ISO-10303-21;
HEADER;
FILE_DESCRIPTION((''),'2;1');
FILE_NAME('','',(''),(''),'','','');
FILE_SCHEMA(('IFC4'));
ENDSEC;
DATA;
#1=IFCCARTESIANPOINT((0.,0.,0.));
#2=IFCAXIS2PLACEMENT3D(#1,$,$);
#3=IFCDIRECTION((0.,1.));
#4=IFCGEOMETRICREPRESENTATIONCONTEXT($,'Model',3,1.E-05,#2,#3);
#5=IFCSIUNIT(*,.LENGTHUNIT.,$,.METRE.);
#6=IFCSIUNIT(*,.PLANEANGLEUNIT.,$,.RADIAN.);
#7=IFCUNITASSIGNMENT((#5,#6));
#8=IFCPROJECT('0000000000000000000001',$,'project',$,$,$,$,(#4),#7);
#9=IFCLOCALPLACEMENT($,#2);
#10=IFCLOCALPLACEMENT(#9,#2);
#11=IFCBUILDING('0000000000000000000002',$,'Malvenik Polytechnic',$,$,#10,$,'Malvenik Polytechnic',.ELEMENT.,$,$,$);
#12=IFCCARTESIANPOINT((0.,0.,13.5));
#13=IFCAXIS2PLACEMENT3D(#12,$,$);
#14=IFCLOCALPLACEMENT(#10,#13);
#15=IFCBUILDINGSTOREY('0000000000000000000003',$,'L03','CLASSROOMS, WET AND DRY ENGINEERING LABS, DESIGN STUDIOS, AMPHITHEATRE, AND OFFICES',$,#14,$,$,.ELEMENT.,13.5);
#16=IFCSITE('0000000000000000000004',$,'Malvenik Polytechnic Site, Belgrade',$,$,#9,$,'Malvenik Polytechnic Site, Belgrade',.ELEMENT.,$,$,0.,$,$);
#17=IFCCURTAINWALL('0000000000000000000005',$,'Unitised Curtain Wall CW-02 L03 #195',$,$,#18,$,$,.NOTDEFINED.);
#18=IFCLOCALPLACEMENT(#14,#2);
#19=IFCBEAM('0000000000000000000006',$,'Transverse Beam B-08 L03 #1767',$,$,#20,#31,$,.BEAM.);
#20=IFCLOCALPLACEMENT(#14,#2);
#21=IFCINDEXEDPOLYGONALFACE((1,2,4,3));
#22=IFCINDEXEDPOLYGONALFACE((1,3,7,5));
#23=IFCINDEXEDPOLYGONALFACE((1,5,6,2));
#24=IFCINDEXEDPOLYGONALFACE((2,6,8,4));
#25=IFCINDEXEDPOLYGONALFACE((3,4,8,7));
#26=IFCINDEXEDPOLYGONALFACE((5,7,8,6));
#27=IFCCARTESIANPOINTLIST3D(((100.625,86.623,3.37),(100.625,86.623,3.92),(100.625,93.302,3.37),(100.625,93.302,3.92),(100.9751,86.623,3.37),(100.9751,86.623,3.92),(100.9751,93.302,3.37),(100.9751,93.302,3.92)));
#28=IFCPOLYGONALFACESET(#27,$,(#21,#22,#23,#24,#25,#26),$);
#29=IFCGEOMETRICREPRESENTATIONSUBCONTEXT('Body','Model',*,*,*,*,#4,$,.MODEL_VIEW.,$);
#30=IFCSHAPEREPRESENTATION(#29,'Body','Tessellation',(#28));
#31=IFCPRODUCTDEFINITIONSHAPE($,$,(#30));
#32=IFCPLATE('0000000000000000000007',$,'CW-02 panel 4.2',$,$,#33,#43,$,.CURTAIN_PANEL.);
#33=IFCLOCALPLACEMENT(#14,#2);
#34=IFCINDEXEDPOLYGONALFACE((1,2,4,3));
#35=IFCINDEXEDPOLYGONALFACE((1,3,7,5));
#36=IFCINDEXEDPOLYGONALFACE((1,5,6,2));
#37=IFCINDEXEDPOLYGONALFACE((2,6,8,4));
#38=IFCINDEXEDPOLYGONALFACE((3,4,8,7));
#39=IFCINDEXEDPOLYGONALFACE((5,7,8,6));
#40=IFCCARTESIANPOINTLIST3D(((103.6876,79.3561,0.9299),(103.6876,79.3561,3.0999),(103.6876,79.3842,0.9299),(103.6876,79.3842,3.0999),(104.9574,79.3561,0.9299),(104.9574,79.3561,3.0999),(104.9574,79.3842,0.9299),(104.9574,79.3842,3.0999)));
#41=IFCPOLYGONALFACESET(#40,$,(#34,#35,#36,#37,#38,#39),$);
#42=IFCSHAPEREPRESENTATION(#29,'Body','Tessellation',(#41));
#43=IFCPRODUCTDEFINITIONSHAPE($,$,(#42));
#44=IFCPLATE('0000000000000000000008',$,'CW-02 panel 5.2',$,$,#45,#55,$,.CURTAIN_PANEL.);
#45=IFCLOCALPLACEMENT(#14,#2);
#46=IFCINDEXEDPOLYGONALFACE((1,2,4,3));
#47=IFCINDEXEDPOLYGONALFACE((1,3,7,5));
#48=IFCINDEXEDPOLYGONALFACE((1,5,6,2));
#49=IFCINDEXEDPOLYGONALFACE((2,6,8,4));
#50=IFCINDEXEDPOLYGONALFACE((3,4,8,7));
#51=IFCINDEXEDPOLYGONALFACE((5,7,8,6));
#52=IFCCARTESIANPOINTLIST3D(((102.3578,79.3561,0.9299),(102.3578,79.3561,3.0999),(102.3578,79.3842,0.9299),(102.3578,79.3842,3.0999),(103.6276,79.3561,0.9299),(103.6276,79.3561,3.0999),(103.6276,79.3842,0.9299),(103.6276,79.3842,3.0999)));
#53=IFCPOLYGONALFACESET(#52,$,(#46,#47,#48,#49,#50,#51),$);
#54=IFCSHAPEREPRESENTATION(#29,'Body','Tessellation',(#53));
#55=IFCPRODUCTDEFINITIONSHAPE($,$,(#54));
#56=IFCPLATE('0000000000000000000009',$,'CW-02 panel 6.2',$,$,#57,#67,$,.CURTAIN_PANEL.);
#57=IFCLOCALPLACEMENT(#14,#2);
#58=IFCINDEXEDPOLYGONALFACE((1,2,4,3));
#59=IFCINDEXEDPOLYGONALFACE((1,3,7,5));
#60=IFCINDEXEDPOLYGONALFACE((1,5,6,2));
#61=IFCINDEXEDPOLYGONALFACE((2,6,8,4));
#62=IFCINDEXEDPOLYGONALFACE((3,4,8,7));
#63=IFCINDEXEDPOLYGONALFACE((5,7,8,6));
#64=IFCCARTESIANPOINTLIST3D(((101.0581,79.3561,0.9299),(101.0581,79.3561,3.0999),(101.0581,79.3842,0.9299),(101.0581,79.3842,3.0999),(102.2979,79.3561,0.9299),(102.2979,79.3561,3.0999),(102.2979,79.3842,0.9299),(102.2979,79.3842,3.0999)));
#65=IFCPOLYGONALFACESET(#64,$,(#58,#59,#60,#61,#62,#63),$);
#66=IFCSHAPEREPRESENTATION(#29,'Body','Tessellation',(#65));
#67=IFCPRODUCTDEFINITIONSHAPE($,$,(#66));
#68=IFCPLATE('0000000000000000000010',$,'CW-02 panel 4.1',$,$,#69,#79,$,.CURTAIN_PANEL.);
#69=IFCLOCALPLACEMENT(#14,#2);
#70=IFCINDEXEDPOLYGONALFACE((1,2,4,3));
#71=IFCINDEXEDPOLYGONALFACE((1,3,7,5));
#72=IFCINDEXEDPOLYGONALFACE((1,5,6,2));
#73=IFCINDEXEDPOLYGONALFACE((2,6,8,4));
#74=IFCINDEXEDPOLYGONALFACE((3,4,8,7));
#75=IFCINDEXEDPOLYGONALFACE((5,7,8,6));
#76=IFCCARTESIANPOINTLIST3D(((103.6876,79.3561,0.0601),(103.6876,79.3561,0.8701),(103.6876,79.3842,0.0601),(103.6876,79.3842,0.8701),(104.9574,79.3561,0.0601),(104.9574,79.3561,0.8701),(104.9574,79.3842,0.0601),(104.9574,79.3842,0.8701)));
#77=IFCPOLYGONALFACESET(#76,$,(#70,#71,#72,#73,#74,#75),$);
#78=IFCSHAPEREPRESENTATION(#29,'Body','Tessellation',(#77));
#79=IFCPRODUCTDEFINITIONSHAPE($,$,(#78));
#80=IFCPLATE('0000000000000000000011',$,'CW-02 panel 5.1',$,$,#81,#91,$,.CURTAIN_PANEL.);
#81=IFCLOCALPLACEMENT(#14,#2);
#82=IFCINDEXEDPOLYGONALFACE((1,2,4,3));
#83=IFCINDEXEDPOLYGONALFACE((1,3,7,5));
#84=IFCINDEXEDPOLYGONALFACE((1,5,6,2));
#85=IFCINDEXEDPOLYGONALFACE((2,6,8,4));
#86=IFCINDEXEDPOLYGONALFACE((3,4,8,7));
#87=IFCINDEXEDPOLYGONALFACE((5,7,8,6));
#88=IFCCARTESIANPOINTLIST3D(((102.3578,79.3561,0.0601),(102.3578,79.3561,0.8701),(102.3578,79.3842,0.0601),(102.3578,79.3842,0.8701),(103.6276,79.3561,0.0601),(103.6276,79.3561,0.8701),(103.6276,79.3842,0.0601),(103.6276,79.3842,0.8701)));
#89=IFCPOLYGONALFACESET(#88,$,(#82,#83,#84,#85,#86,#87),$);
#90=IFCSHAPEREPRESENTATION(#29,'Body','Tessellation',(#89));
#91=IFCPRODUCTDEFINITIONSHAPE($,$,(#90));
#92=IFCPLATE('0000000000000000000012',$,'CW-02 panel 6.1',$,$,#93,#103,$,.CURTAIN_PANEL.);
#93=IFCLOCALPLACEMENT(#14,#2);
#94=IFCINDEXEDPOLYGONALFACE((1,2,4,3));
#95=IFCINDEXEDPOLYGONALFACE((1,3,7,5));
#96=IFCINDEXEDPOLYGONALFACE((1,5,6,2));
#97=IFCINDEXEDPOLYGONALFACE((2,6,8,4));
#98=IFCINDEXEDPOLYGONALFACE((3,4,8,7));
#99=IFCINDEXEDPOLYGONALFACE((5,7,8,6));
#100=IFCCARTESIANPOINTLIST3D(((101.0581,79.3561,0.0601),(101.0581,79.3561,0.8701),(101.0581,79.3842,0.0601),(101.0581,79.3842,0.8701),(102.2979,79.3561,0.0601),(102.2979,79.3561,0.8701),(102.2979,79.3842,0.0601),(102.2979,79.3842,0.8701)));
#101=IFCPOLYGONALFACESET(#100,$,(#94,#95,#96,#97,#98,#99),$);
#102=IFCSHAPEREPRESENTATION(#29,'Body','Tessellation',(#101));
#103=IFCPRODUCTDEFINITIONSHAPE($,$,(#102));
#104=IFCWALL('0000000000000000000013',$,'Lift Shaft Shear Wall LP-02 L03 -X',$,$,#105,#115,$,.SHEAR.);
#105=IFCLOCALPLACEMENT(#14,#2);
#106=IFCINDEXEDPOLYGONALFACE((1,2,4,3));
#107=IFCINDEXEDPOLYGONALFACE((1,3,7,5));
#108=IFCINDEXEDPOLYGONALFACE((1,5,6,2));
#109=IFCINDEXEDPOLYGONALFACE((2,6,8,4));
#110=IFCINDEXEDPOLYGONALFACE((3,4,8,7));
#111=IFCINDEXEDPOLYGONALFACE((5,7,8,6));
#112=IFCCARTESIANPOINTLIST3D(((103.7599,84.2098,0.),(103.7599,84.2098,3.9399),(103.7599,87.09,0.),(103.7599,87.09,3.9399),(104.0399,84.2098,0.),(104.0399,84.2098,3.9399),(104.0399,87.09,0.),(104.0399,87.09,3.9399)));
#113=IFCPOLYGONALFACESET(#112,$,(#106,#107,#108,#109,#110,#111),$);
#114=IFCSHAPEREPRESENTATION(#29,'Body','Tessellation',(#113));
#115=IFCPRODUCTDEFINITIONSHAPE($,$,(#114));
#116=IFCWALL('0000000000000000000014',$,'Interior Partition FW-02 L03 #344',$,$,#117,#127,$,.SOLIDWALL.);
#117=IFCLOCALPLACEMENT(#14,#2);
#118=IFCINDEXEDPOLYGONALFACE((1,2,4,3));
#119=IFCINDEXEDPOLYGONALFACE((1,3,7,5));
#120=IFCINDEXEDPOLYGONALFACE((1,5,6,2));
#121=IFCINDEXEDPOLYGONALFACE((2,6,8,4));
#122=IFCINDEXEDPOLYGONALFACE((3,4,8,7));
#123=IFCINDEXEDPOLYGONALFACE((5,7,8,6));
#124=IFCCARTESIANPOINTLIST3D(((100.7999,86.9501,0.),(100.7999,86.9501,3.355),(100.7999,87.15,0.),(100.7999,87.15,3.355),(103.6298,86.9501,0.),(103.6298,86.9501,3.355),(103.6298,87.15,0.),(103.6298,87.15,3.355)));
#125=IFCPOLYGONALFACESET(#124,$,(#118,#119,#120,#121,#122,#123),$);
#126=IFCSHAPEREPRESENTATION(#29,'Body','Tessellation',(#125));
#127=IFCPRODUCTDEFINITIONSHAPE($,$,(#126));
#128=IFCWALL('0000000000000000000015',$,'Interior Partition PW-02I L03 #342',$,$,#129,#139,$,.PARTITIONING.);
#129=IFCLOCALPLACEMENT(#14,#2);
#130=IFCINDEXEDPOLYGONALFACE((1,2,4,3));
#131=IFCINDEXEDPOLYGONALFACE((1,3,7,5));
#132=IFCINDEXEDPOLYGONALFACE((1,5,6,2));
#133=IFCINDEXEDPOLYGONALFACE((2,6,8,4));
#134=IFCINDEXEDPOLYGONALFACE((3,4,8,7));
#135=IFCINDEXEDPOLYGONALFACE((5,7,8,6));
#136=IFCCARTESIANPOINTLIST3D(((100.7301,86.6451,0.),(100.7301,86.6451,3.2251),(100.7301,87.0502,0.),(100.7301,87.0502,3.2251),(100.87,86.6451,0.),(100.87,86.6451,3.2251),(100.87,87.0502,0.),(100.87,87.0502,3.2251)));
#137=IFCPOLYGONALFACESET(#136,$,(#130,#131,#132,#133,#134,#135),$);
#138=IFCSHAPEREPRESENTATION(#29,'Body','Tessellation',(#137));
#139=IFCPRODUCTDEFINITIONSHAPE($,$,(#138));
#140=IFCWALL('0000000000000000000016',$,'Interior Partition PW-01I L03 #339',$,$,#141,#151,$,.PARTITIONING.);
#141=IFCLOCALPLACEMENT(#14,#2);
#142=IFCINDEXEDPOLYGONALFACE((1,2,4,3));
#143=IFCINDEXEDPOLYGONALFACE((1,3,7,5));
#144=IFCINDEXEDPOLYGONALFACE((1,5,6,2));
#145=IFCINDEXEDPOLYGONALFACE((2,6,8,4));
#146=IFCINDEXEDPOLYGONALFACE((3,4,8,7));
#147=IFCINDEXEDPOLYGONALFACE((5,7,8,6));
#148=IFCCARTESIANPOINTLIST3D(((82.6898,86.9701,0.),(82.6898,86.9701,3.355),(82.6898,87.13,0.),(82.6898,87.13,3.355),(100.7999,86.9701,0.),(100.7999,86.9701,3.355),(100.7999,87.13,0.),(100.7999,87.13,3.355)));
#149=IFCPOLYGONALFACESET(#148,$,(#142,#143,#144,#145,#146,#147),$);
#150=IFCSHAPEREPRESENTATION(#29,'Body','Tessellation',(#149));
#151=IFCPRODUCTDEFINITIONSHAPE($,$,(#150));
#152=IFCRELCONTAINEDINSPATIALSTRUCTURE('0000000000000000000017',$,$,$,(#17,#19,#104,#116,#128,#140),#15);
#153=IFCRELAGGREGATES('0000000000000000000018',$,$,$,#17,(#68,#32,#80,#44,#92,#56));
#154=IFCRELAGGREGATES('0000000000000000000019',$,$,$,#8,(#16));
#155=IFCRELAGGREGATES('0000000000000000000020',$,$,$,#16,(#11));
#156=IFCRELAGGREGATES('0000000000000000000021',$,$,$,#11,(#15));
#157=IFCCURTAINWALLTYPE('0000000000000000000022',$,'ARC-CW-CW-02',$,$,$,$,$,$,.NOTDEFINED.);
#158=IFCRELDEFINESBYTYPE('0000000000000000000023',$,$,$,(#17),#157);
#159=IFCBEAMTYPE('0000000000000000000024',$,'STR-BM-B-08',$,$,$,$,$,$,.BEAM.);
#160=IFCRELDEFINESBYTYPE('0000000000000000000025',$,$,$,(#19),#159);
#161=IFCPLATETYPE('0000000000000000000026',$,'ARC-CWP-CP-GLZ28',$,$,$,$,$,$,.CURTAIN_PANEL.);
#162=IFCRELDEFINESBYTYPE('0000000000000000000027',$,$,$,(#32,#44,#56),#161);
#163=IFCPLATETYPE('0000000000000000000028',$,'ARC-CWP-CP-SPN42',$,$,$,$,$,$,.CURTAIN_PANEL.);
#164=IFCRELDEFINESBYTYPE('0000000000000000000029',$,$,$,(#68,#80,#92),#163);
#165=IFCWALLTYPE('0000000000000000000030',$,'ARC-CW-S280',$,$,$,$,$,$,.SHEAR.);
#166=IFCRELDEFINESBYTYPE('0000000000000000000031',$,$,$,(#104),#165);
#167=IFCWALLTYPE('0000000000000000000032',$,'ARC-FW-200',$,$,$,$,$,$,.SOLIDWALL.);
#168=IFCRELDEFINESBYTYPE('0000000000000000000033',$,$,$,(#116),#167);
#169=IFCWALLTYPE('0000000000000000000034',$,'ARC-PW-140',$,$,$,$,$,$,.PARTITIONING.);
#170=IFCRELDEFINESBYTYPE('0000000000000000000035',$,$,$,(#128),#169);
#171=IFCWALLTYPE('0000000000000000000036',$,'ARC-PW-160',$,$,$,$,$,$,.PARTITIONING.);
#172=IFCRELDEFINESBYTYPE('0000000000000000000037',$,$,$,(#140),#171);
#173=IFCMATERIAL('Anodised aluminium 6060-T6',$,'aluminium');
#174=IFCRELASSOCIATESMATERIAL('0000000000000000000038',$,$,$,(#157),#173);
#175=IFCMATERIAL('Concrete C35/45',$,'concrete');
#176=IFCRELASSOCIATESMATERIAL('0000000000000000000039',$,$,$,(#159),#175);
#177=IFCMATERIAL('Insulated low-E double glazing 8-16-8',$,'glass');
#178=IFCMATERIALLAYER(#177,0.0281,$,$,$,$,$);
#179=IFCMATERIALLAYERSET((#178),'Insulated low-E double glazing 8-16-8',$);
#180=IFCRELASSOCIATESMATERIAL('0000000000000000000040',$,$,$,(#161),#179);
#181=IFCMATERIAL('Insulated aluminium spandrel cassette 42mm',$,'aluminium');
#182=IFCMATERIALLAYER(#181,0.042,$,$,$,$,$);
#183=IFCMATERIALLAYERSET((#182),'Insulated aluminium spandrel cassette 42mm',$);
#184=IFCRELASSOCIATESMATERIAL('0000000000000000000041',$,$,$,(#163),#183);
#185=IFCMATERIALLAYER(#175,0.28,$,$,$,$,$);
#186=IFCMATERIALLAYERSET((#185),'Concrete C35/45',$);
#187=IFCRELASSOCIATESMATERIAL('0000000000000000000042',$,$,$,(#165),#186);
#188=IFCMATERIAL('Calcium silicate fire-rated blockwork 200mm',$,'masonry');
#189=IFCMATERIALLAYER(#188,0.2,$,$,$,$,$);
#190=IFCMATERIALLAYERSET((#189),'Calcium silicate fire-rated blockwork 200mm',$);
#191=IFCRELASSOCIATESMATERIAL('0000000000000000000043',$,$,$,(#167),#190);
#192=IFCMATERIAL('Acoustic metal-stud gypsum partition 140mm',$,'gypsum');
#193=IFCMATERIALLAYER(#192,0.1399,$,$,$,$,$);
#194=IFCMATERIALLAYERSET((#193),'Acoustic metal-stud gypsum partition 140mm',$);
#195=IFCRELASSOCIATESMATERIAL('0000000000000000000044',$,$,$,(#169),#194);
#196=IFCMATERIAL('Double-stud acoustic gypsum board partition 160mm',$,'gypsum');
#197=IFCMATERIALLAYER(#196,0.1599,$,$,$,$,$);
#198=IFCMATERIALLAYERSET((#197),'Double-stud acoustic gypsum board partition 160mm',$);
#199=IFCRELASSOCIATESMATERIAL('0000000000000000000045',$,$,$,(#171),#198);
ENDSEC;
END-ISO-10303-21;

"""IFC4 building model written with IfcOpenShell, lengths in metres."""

from ifc_helpers import new_model, si_unit, direction, frame, frame_2d, origin, origin_2d, place, context, subcontext, project, spatial, rectangle, extrude, material, layer, layer_set, material_profile, profile_set, type_object, element, aggregate, save


model = new_model("IFC4")

# Units and contexts
model_context = context("Model", 3, precision=1e-05, world=origin(), true_north=direction((0.0, 1.0)))
body_context = subcontext(model_context, "Body", "Model", "MODEL_VIEW")
ifc_project = project(units=[si_unit("LENGTHUNIT", "METRE"), si_unit("PLANEANGLEUNIT", "RADIAN")], contexts=[model_context])

# Site, building, storey
site_placement = place(None, origin())
site = spatial("IfcSite", under=ifc_project, at=site_placement, Name="Malvenik Polytechnic Site, Belgrade", LongName="Malvenik Polytechnic Site, Belgrade", CompositionType="ELEMENT", RefElevation=0.0)
building_placement = place(site_placement, origin())
building = spatial("IfcBuilding", under=site, at=building_placement, Name="Malvenik Polytechnic", LongName="Malvenik Polytechnic", CompositionType="ELEMENT")
storey_placement = place(building_placement, frame((0.0, 0.0, 13.5)))
storey = spatial("IfcBuildingStorey", under=building, at=storey_placement, Name="L03", Description="CLASSROOMS, WET AND DRY ENGINEERING LABS, DESIGN STUDIOS, AMPHITHEATRE, AND OFFICES", CompositionType="ELEMENT", Elevation=13.5)

# Curtain wall
ifc_material_1 = material(Name="Anodised aluminium 6060-T6", Category="aluminium")
curtain_wall_type = type_object("IfcCurtainWallType", Name="ARC-CW-CW-02", PredefinedType="NOTDEFINED", material=ifc_material_1)
curtain_wall_placement = place(storey_placement, origin())
curtain_wall = element("IfcCurtainWall", 1, at=curtain_wall_placement, inside=storey, type_object=curtain_wall_type, Name="Unitised Curtain Wall CW-02 L03 #195", PredefinedType="NOTDEFINED")

# Beam
ifc_material_2 = material(Name="Concrete C35/45", Category="concrete")
ifc_material_profile_1 = material_profile(ifc_material_2, rectangle(XDim=0.3501, YDim=0.55, at=origin_2d()), Name="RC BM 350x550")
ifc_profile_set_1 = profile_set([ifc_material_profile_1], Name="Concrete C35/45")
beam_type_1 = type_object("IfcBeamType", Name="STR-BM-B-08", PredefinedType="BEAM", material=ifc_profile_set_1)
beam_1_placement = place(storey_placement, frame((100.8, 86.623, 3.645), z_axis=(0.0, 1.0, 0.0), x_axis=(-1.0, 0.0, 0.0)))
element("IfcBeam", 2, at=beam_1_placement, inside=storey, type_object=beam_type_1, Name="Transverse Beam B-08 L03 #1767", PredefinedType="BEAM", context=body_context, shape_type="SweptSolid", body=[
    extrude(rectangle(XDim=0.3501, YDim=0.55, at=origin_2d()), origin(), (0.0, 0.0, 1.0), 6.679),
])

# Plates
ifc_material_3 = material(Name="Insulated low-E double glazing 8-16-8", Category="glass")
ifc_layer_1 = layer(ifc_material_3, 0.0281)
ifc_layer_set_1 = layer_set([ifc_layer_1], Name="Insulated low-E double glazing 8-16-8")
plate_type_1 = type_object("IfcPlateType", Name="ARC-CWP-CP-GLZ28", PredefinedType="CURTAIN_PANEL", material=ifc_layer_set_1)
plate_1_placement = place(storey_placement, frame((104.3225, 79.3701, 0.9299), z_axis=(0.0, 0.0, 1.0), x_axis=(-1.0, 0.0, 0.0)))
plate_1 = element("IfcPlate", 3, at=plate_1_placement, type_object=plate_type_1, Name="CW-02 panel 4.2", PredefinedType="CURTAIN_PANEL", context=body_context, shape_type="SweptSolid", body=[
    extrude(rectangle(XDim=1.2698, YDim=0.0281, at=origin_2d()), origin(), (0.0, 0.0, 1.0), 2.1699),
])
plate_2_placement = place(storey_placement, frame((102.9927, 79.3701, 0.9299), z_axis=(0.0, 0.0, 1.0), x_axis=(-1.0, 0.0, 0.0)))
plate_2 = element("IfcPlate", 4, at=plate_2_placement, type_object=plate_type_1, Name="CW-02 panel 5.2", PredefinedType="CURTAIN_PANEL", context=body_context, shape_type="SweptSolid", body=[
    extrude(rectangle(XDim=1.2698, YDim=0.0281, at=origin_2d()), origin(), (0.0, 0.0, 1.0), 2.1699),
])
plate_3_placement = place(storey_placement, frame((101.678, 79.3701, 0.9299), z_axis=(0.0, 0.0, 1.0), x_axis=(-1.0, 0.0, 0.0)))
plate_3 = element("IfcPlate", 5, at=plate_3_placement, type_object=plate_type_1, Name="CW-02 panel 6.2", PredefinedType="CURTAIN_PANEL", context=body_context, shape_type="SweptSolid", body=[
    extrude(rectangle(XDim=1.2397, YDim=0.0281, at=origin_2d()), origin(), (0.0, 0.0, 1.0), 2.1699),
])
ifc_material_4 = material(Name="Insulated aluminium spandrel cassette 42mm", Category="aluminium")
ifc_layer_2 = layer(ifc_material_4, 0.042)
ifc_layer_set_2 = layer_set([ifc_layer_2], Name="Insulated aluminium spandrel cassette 42mm")
plate_type_2 = type_object("IfcPlateType", Name="ARC-CWP-CP-SPN42", PredefinedType="CURTAIN_PANEL", material=ifc_layer_set_2)
plate_4_placement = place(storey_placement, frame((104.3225, 79.3701, 0.0601), z_axis=(0.0, 0.0, 1.0), x_axis=(-1.0, 0.0, 0.0)))
plate_4 = element("IfcPlate", 6, at=plate_4_placement, type_object=plate_type_2, Name="CW-02 panel 4.1", PredefinedType="CURTAIN_PANEL", context=body_context, shape_type="SweptSolid", body=[
    extrude(rectangle(XDim=1.2698, YDim=0.0281, at=origin_2d()), origin(), (0.0, 0.0, 1.0), 0.8101),
])
plate_5_placement = place(storey_placement, frame((102.9927, 79.3701, 0.0601), z_axis=(0.0, 0.0, 1.0), x_axis=(-1.0, 0.0, 0.0)))
plate_5 = element("IfcPlate", 7, at=plate_5_placement, type_object=plate_type_2, Name="CW-02 panel 5.1", PredefinedType="CURTAIN_PANEL", context=body_context, shape_type="SweptSolid", body=[
    extrude(rectangle(XDim=1.2698, YDim=0.0281, at=origin_2d()), origin(), (0.0, 0.0, 1.0), 0.8101),
])
plate_6_placement = place(storey_placement, frame((101.678, 79.3701, 0.0601), z_axis=(0.0, 0.0, 1.0), x_axis=(-1.0, 0.0, 0.0)))
plate_6 = element("IfcPlate", 8, at=plate_6_placement, type_object=plate_type_2, Name="CW-02 panel 6.1", PredefinedType="CURTAIN_PANEL", context=body_context, shape_type="SweptSolid", body=[
    extrude(rectangle(XDim=1.2397, YDim=0.0281, at=origin_2d()), origin(), (0.0, 0.0, 1.0), 0.8101),
])
aggregate(curtain_wall, [plate_4, plate_1, plate_5, plate_2, plate_6, plate_3])

# Shared definitions
ifc_layer_3 = layer(ifc_material_2, 0.28)
ifc_layer_set_3 = layer_set([ifc_layer_3], Name="Concrete C35/45")
wall_type_1 = type_object("IfcWallType", Name="ARC-CW-S280", PredefinedType="SHEAR", material=ifc_layer_set_3)

# Walls
wall_1_placement = place(storey_placement, frame((103.8999, 84.21, 0.0), z_axis=(0.0, 0.0, 1.0), x_axis=(0.0, 1.0, 0.0)))
element("IfcWall", 9, at=wall_1_placement, inside=storey, type_object=wall_type_1, Name="Lift Shaft Shear Wall LP-02 L03 -X", PredefinedType="SHEAR", context=body_context, shape_type="SweptSolid", body=[
    extrude(rectangle(XDim=2.8801, YDim=0.28, at=frame_2d((1.4399, 0.0))), origin(), (0.0, 0.0, 1.0), 3.9399),
])
ifc_material_5 = material(Name="Calcium silicate fire-rated blockwork 200mm", Category="masonry")
ifc_layer_4 = layer(ifc_material_5, 0.2)
ifc_layer_set_4 = layer_set([ifc_layer_4], Name="Calcium silicate fire-rated blockwork 200mm")
wall_type_2 = type_object("IfcWallType", Name="ARC-FW-200", PredefinedType="SOLIDWALL", material=ifc_layer_set_4)
wall_2_placement = place(storey_placement, frame((103.6299, 87.05, 0.0), z_axis=(0.0, 0.0, 1.0), x_axis=(-1.0, 0.0, 0.0)))
element("IfcWall", 10, at=wall_2_placement, inside=storey, type_object=wall_type_2, Name="Interior Partition FW-02 L03 #344", PredefinedType="SOLIDWALL", context=body_context, shape_type="SweptSolid", body=[
    extrude(rectangle(XDim=2.8298, YDim=0.2, at=frame_2d((1.415, 0.0))), origin(), (0.0, 0.0, 1.0), 3.355),
])
ifc_material_6 = material(Name="Acoustic metal-stud gypsum partition 140mm", Category="gypsum")
ifc_layer_5 = layer(ifc_material_6, 0.1399)
ifc_layer_set_5 = layer_set([ifc_layer_5], Name="Acoustic metal-stud gypsum partition 140mm")
wall_type_3 = type_object("IfcWallType", Name="ARC-PW-140", PredefinedType="PARTITIONING", material=ifc_layer_set_5)
wall_3_placement = place(storey_placement, frame((100.8, 86.645, 0.0), z_axis=(0.0, 0.0, 1.0), x_axis=(0.0, 1.0, 0.0)))
element("IfcWall", 11, at=wall_3_placement, inside=storey, type_object=wall_type_3, Name="Interior Partition PW-02I L03 #342", PredefinedType="PARTITIONING", context=body_context, shape_type="SweptSolid", body=[
    extrude(rectangle(XDim=0.405, YDim=0.1399, at=frame_2d((0.2026, 0.0))), origin(), (0.0, 0.0, 1.0), 3.2251),
])
ifc_material_7 = material(Name="Double-stud acoustic gypsum board partition 160mm", Category="gypsum")
ifc_layer_6 = layer(ifc_material_7, 0.1599)
ifc_layer_set_6 = layer_set([ifc_layer_6], Name="Double-stud acoustic gypsum board partition 160mm")
wall_type_4 = type_object("IfcWallType", Name="ARC-PW-160", PredefinedType="PARTITIONING", material=ifc_layer_set_6)
wall_4_placement = place(storey_placement, frame((100.8, 87.05, 0.0), z_axis=(0.0, 0.0, 1.0), x_axis=(-1.0, 0.0, 0.0)))
element("IfcWall", 12, at=wall_4_placement, inside=storey, type_object=wall_type_4, Name="Interior Partition PW-01I L03 #339", PredefinedType="PARTITIONING", context=body_context, shape_type="SweptSolid", body=[
    extrude(rectangle(XDim=18.1101, YDim=0.1599, at=frame_2d((9.0552, 0.0))), origin(), (0.0, 0.0, 1.0), 3.355),
])

save(model, "model.ifc")
